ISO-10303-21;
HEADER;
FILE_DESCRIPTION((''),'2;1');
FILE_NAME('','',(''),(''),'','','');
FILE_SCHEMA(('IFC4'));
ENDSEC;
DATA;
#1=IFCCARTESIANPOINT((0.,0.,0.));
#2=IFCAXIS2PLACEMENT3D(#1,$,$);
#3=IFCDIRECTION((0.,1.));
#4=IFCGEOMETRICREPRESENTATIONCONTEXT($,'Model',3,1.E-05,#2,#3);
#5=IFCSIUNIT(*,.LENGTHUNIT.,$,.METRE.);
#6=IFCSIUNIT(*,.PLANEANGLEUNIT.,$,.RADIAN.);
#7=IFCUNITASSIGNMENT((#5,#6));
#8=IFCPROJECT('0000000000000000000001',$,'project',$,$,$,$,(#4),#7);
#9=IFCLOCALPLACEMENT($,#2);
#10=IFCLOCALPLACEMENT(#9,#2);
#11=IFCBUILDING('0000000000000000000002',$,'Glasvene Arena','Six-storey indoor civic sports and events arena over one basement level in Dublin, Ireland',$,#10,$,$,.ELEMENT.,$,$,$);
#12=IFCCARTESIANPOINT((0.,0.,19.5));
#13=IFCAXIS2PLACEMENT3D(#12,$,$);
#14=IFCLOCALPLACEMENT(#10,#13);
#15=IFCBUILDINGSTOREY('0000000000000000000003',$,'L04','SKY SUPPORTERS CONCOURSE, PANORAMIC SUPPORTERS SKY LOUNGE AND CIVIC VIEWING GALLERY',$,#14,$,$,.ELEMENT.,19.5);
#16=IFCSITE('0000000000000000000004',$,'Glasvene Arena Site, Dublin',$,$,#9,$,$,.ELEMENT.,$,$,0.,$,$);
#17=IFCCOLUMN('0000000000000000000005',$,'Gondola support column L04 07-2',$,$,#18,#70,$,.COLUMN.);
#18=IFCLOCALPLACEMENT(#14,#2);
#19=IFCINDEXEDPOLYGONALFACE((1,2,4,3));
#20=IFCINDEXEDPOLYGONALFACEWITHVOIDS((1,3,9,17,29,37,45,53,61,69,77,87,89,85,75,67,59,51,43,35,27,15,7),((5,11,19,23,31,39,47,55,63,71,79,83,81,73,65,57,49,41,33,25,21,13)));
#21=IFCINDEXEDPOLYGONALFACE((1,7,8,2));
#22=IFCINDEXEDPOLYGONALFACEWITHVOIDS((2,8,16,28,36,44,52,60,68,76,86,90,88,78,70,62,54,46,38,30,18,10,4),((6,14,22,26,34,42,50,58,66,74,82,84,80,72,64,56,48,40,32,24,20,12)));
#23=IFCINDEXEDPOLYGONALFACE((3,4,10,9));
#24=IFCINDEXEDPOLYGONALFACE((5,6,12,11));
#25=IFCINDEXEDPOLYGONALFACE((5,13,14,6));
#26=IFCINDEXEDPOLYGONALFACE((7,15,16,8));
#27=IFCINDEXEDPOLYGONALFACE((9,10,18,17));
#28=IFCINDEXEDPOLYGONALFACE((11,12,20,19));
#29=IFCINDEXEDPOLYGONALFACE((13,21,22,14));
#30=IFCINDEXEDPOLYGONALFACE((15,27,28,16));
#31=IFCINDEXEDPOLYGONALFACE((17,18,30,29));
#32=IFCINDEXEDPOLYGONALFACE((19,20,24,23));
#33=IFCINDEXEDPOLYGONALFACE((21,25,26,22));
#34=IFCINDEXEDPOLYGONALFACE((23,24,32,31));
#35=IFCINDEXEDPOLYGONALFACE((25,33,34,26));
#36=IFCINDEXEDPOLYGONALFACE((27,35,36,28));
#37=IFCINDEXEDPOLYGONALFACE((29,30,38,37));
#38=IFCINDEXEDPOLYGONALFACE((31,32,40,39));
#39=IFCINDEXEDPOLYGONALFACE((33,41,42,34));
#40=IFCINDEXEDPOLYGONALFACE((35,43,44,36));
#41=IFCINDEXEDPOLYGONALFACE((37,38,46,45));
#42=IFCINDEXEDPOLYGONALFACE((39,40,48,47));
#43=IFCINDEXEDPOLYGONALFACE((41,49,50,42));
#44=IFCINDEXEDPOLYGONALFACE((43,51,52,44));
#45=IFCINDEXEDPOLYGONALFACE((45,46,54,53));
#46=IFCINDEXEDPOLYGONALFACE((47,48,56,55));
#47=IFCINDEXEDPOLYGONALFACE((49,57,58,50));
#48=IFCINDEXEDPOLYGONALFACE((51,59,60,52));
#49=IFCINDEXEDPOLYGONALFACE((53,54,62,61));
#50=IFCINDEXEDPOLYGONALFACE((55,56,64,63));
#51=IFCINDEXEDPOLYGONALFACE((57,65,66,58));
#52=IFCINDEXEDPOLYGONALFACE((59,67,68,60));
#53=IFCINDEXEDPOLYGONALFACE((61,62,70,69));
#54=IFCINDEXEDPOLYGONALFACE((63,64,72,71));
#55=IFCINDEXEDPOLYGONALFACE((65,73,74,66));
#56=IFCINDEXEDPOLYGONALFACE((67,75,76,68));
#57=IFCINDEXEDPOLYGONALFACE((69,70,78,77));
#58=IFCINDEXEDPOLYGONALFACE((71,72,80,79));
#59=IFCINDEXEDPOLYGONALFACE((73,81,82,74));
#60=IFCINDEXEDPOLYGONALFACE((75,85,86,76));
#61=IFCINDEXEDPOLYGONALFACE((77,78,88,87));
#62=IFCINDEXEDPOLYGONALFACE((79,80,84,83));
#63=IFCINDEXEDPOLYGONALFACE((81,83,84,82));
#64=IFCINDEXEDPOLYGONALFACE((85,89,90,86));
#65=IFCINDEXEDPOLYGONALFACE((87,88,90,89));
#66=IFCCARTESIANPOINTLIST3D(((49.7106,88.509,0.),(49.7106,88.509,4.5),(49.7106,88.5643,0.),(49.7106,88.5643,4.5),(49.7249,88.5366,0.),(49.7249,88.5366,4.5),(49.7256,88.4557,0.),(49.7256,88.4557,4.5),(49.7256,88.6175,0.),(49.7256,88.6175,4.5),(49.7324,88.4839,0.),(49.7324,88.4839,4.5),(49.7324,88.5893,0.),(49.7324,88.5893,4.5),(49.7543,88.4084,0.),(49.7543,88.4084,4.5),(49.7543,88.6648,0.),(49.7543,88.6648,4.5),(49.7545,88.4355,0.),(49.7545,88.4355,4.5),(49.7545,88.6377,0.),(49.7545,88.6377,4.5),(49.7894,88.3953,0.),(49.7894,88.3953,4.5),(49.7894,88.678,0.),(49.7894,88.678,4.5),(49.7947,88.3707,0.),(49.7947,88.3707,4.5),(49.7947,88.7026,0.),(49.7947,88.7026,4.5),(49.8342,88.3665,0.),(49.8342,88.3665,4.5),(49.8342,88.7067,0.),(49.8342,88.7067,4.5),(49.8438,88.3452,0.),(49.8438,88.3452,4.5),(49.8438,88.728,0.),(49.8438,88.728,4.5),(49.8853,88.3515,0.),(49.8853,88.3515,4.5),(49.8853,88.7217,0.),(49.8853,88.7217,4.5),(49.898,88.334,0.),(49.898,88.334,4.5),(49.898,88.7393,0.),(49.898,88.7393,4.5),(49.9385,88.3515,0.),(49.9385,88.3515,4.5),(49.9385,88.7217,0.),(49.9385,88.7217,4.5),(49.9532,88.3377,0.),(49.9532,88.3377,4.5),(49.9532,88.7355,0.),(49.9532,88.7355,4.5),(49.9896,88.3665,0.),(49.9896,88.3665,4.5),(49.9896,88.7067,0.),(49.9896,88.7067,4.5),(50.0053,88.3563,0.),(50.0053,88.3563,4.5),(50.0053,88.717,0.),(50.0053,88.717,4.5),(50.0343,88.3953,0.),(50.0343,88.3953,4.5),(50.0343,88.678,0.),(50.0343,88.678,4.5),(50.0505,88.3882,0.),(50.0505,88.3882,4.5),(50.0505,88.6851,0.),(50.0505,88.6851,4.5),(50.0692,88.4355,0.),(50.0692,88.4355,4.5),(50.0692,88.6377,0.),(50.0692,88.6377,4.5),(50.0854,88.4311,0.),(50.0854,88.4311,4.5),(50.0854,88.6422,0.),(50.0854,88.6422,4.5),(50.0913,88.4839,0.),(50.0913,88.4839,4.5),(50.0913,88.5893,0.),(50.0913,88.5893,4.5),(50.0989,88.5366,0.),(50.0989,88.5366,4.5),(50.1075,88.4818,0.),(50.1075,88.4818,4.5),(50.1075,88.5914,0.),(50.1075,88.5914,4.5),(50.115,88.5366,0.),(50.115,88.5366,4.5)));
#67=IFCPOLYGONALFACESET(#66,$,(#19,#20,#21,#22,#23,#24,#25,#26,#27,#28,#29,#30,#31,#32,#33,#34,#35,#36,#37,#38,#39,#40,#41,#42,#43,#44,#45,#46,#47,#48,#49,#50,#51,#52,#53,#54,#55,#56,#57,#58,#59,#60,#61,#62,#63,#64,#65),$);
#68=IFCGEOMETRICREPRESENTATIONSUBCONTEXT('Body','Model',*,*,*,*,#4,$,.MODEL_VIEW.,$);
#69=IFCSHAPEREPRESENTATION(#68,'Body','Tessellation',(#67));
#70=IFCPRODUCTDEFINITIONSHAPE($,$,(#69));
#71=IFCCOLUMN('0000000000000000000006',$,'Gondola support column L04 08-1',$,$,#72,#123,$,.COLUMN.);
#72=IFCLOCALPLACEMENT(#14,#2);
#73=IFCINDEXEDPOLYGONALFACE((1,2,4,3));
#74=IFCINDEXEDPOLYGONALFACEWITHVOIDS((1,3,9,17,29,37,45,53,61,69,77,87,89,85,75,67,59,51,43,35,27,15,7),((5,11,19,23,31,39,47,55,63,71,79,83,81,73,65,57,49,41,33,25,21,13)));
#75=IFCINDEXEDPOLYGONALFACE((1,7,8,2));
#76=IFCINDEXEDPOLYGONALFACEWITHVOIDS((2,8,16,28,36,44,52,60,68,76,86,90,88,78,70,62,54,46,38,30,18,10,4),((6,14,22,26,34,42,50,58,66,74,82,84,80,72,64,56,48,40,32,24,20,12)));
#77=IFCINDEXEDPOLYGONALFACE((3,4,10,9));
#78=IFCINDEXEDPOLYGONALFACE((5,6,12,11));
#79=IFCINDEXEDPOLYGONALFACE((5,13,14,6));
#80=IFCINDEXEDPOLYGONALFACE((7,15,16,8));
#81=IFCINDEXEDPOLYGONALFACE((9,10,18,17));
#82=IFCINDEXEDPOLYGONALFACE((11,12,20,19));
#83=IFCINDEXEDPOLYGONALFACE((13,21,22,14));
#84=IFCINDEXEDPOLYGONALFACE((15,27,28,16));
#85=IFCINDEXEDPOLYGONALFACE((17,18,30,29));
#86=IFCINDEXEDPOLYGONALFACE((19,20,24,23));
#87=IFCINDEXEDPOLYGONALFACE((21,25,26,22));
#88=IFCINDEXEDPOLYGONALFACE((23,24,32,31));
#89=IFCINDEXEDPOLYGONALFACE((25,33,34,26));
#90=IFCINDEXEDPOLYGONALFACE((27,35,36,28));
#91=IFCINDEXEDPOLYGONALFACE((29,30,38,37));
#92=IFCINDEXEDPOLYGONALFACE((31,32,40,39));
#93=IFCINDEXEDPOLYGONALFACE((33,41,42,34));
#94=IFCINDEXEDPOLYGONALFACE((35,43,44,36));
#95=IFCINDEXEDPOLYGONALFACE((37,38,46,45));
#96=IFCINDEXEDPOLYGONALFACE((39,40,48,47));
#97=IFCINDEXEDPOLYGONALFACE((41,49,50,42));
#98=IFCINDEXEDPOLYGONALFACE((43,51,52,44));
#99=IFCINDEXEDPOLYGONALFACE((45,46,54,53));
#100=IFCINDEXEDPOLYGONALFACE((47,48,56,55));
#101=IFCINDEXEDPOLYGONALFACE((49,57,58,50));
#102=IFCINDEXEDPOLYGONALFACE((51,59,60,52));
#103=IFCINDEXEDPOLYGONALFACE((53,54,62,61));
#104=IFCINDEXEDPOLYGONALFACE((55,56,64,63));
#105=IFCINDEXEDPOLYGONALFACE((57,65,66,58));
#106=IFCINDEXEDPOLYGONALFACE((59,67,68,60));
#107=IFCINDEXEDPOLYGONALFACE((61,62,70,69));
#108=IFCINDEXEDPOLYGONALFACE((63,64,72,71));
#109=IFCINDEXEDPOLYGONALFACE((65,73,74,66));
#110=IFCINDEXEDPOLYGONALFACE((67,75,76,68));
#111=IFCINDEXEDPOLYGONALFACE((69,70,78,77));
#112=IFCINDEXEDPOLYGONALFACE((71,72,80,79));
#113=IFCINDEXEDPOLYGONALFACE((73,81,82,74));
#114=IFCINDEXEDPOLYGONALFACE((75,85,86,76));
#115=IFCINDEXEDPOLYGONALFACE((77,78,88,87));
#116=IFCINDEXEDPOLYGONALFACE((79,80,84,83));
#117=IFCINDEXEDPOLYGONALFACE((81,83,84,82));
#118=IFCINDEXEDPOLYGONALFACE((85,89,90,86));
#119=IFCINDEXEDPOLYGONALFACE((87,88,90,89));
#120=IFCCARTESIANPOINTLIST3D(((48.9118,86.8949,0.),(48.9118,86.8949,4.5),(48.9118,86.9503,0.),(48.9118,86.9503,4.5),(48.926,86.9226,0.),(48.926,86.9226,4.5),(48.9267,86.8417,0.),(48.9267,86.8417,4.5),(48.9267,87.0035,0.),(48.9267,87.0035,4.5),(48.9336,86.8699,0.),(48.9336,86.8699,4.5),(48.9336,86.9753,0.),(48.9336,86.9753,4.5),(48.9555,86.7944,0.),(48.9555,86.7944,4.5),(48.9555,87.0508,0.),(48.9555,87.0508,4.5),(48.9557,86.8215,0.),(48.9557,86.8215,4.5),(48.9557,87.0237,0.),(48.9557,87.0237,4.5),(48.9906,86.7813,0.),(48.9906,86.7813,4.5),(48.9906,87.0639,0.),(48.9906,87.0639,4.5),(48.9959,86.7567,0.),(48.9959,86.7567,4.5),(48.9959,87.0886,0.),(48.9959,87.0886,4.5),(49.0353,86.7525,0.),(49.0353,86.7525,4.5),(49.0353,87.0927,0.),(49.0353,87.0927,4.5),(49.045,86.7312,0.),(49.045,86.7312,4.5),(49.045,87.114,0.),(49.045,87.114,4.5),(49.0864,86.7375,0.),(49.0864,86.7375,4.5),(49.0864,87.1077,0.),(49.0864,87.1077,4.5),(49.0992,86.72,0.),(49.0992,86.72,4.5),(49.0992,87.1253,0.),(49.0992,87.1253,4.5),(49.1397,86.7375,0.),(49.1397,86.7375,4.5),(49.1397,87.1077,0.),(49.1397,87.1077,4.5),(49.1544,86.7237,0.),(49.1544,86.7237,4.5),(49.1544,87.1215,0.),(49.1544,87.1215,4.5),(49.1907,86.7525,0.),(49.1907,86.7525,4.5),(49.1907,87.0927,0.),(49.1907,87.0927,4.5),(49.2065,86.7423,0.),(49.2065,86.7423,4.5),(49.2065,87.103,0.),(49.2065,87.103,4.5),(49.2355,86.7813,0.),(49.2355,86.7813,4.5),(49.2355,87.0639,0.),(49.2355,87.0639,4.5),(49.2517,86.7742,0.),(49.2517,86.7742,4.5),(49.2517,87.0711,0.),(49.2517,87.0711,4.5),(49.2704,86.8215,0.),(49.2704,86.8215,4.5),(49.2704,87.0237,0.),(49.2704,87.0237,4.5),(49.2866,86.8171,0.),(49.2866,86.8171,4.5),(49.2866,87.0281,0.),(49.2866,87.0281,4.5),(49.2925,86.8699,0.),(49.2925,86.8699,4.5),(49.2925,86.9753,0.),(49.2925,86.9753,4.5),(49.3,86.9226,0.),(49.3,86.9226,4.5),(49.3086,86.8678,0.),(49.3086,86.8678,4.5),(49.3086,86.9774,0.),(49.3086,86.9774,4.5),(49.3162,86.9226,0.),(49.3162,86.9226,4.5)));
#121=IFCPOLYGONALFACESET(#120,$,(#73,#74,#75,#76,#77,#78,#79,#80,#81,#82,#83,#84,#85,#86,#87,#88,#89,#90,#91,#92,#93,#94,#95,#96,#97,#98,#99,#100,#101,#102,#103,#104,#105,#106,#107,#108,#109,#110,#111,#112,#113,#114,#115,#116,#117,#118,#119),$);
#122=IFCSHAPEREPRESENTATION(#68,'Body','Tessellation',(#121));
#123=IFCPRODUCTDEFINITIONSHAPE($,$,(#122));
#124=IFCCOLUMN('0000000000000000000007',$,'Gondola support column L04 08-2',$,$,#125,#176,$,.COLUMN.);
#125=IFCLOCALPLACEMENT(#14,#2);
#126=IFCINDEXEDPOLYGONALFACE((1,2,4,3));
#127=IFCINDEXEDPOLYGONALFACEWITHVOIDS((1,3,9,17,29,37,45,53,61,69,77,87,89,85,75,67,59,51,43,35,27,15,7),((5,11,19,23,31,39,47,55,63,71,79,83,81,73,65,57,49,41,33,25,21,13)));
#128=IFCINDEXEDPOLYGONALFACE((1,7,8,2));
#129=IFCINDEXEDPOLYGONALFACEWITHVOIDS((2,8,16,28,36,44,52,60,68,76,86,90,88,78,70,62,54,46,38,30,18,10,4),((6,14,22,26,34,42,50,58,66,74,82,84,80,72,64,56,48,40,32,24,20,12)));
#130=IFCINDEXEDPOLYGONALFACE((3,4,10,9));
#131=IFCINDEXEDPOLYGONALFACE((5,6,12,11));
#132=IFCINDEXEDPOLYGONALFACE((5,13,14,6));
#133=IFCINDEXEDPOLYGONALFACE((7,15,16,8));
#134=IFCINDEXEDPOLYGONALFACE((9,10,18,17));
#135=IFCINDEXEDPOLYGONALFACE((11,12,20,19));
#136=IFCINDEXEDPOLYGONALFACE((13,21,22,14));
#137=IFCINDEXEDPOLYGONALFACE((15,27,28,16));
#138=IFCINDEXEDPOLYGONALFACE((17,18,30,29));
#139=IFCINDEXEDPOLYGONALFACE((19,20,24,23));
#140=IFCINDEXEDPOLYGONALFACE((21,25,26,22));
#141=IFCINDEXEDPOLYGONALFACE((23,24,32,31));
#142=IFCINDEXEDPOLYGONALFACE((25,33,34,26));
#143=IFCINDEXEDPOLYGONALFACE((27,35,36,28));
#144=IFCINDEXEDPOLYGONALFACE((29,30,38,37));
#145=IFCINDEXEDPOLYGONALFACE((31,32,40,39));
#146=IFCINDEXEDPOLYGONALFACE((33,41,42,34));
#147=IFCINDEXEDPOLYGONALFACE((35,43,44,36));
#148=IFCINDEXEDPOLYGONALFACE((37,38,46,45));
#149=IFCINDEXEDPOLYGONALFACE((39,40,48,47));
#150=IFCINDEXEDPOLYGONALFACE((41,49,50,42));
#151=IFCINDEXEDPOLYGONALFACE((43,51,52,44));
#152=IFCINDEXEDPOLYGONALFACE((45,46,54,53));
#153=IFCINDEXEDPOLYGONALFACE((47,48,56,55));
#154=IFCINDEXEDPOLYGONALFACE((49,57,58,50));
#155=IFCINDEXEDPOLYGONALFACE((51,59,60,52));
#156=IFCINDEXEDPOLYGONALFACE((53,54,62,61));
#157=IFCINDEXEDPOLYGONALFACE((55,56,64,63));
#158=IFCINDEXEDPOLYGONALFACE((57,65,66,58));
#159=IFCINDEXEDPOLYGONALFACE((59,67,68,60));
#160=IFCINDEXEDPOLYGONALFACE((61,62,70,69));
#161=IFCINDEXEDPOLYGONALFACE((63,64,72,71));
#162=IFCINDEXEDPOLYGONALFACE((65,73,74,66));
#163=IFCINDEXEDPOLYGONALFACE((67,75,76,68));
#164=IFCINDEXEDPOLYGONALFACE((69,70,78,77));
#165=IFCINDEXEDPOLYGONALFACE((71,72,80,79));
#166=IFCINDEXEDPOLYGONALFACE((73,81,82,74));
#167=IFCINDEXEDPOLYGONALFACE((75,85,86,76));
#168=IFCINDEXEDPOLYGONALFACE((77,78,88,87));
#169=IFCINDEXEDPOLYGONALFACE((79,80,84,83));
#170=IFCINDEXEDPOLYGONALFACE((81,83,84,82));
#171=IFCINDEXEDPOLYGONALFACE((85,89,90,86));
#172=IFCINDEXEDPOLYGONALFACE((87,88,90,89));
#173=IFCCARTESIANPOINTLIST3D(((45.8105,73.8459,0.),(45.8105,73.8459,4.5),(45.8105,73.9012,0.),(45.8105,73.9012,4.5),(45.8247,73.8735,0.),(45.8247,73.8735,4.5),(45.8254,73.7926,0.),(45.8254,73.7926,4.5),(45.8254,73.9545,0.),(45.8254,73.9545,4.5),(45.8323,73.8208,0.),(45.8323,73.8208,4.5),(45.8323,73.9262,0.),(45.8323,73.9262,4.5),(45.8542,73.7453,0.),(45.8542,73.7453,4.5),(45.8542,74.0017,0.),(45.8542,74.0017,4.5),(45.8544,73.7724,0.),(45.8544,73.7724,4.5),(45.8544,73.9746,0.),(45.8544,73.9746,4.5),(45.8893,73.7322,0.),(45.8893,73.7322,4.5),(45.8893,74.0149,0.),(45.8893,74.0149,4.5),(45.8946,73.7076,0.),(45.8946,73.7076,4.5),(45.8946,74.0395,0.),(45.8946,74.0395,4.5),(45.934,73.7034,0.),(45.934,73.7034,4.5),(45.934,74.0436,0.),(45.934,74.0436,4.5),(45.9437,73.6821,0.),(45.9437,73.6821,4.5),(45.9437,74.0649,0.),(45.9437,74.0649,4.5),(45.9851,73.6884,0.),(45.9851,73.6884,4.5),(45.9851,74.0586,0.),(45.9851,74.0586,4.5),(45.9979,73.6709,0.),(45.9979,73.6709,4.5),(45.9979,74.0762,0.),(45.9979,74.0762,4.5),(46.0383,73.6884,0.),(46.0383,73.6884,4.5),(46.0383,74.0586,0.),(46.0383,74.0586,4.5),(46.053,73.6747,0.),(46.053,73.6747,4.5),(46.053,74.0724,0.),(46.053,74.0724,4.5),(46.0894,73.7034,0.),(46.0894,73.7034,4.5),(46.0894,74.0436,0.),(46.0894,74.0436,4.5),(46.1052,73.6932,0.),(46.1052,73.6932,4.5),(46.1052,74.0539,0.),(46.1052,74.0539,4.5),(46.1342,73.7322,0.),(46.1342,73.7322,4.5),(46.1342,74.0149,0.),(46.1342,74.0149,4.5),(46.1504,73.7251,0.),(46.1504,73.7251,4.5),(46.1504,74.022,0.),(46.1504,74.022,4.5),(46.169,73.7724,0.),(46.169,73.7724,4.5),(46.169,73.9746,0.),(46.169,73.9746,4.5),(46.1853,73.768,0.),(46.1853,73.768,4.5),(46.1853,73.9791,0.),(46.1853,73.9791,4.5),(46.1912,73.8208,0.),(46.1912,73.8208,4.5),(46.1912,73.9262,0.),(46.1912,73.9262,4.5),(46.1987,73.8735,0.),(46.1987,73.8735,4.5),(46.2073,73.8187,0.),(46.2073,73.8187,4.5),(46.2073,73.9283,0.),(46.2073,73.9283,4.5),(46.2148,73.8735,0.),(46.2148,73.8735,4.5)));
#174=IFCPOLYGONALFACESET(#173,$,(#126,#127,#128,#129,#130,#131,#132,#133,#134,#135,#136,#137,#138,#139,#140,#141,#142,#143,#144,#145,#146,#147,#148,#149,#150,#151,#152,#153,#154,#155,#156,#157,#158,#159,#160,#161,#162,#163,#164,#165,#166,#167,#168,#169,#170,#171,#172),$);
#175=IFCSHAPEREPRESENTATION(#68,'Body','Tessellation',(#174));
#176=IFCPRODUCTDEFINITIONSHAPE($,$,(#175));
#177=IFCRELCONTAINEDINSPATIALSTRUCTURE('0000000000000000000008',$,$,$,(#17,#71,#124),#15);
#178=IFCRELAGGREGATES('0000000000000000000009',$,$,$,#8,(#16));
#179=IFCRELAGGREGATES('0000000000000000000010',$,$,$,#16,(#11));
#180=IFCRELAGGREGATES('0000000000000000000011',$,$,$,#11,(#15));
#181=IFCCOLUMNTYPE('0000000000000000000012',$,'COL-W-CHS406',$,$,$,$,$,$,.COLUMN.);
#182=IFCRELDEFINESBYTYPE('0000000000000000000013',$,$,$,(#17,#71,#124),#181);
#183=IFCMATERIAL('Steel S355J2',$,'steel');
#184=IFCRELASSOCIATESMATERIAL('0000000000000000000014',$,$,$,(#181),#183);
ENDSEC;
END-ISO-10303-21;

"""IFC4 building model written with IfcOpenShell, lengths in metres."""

from ifc_helpers import new_model, si_unit, direction, frame, origin, origin_2d, place, context, subcontext, project, spatial, hollow_circle, extrude, material, material_profile, profile_set, type_object, element, save


model = new_model("IFC4")

# Units and contexts
model_context = context("Model", 3, precision=1e-05, world=origin(), true_north=direction((0.0, 1.0)))
body_context = subcontext(model_context, "Body", "Model", "MODEL_VIEW")
ifc_project = project(units=[si_unit("LENGTHUNIT", "METRE"), si_unit("PLANEANGLEUNIT", "RADIAN")], contexts=[model_context])

# Site, building, storey
site_placement = place(None, origin())
site = spatial("IfcSite", under=ifc_project, at=site_placement, Name="Glasvene Arena Site, Dublin", CompositionType="ELEMENT", RefElevation=0.0)
building_placement = place(site_placement, origin())
building = spatial("IfcBuilding", under=site, at=building_placement, Name="Glasvene Arena", Description="Six-storey indoor civic sports and events arena over one basement level in Dublin, Ireland", CompositionType="ELEMENT")
storey_placement = place(building_placement, frame((0.0, 0.0, 19.5)))
storey = spatial("IfcBuildingStorey", under=building, at=storey_placement, Name="L04", Description="SKY SUPPORTERS CONCOURSE, PANORAMIC SUPPORTERS SKY LOUNGE AND CIVIC VIEWING GALLERY", CompositionType="ELEMENT", Elevation=19.5)

# Columns
ifc_material_1 = material(Name="Steel S355J2", Category="steel")
ifc_material_profile_1 = material_profile(ifc_material_1, hollow_circle(Radius=0.2031, WallThickness=0.0161, at=origin_2d()), Name="CHS 406.4x16.0")
ifc_profile_set_1 = profile_set([ifc_material_profile_1], Name="Steel S355J2")
column_type = type_object("IfcColumnType", Name="COL-W-CHS406", PredefinedType="COLUMN", material=ifc_profile_set_1)
for number, where, z_axis, x_axis, name in (
    (1, (49.9119, 88.5366, 0.0), (0.0, 0.0, 1.0), (1.0, 0.0, 0.0), "Gondola support column L04 07-2"),
    (2, (49.113, 86.9226, 0.0), (0.0, 0.0, 1.0), (1.0, 0.0, 0.0), "Gondola support column L04 08-1"),
    (3, (46.0117, 73.8735, 0.0), (0.0, 0.0, 1.0), (1.0, 0.0, 0.0), "Gondola support column L04 08-2"),
):
    element("IfcColumn", number, at=place(storey_placement, frame(where, z_axis=z_axis, x_axis=x_axis)), inside=storey, type_object=column_type, Name=name, PredefinedType="COLUMN", context=body_context, shape_type="SweptSolid", body=[
        extrude(hollow_circle(Radius=0.2031, WallThickness=0.0161, at=origin_2d()), origin(), (0.0, 0.0, 1.0), 4.5),
    ])

save(model, "model.ifc")
